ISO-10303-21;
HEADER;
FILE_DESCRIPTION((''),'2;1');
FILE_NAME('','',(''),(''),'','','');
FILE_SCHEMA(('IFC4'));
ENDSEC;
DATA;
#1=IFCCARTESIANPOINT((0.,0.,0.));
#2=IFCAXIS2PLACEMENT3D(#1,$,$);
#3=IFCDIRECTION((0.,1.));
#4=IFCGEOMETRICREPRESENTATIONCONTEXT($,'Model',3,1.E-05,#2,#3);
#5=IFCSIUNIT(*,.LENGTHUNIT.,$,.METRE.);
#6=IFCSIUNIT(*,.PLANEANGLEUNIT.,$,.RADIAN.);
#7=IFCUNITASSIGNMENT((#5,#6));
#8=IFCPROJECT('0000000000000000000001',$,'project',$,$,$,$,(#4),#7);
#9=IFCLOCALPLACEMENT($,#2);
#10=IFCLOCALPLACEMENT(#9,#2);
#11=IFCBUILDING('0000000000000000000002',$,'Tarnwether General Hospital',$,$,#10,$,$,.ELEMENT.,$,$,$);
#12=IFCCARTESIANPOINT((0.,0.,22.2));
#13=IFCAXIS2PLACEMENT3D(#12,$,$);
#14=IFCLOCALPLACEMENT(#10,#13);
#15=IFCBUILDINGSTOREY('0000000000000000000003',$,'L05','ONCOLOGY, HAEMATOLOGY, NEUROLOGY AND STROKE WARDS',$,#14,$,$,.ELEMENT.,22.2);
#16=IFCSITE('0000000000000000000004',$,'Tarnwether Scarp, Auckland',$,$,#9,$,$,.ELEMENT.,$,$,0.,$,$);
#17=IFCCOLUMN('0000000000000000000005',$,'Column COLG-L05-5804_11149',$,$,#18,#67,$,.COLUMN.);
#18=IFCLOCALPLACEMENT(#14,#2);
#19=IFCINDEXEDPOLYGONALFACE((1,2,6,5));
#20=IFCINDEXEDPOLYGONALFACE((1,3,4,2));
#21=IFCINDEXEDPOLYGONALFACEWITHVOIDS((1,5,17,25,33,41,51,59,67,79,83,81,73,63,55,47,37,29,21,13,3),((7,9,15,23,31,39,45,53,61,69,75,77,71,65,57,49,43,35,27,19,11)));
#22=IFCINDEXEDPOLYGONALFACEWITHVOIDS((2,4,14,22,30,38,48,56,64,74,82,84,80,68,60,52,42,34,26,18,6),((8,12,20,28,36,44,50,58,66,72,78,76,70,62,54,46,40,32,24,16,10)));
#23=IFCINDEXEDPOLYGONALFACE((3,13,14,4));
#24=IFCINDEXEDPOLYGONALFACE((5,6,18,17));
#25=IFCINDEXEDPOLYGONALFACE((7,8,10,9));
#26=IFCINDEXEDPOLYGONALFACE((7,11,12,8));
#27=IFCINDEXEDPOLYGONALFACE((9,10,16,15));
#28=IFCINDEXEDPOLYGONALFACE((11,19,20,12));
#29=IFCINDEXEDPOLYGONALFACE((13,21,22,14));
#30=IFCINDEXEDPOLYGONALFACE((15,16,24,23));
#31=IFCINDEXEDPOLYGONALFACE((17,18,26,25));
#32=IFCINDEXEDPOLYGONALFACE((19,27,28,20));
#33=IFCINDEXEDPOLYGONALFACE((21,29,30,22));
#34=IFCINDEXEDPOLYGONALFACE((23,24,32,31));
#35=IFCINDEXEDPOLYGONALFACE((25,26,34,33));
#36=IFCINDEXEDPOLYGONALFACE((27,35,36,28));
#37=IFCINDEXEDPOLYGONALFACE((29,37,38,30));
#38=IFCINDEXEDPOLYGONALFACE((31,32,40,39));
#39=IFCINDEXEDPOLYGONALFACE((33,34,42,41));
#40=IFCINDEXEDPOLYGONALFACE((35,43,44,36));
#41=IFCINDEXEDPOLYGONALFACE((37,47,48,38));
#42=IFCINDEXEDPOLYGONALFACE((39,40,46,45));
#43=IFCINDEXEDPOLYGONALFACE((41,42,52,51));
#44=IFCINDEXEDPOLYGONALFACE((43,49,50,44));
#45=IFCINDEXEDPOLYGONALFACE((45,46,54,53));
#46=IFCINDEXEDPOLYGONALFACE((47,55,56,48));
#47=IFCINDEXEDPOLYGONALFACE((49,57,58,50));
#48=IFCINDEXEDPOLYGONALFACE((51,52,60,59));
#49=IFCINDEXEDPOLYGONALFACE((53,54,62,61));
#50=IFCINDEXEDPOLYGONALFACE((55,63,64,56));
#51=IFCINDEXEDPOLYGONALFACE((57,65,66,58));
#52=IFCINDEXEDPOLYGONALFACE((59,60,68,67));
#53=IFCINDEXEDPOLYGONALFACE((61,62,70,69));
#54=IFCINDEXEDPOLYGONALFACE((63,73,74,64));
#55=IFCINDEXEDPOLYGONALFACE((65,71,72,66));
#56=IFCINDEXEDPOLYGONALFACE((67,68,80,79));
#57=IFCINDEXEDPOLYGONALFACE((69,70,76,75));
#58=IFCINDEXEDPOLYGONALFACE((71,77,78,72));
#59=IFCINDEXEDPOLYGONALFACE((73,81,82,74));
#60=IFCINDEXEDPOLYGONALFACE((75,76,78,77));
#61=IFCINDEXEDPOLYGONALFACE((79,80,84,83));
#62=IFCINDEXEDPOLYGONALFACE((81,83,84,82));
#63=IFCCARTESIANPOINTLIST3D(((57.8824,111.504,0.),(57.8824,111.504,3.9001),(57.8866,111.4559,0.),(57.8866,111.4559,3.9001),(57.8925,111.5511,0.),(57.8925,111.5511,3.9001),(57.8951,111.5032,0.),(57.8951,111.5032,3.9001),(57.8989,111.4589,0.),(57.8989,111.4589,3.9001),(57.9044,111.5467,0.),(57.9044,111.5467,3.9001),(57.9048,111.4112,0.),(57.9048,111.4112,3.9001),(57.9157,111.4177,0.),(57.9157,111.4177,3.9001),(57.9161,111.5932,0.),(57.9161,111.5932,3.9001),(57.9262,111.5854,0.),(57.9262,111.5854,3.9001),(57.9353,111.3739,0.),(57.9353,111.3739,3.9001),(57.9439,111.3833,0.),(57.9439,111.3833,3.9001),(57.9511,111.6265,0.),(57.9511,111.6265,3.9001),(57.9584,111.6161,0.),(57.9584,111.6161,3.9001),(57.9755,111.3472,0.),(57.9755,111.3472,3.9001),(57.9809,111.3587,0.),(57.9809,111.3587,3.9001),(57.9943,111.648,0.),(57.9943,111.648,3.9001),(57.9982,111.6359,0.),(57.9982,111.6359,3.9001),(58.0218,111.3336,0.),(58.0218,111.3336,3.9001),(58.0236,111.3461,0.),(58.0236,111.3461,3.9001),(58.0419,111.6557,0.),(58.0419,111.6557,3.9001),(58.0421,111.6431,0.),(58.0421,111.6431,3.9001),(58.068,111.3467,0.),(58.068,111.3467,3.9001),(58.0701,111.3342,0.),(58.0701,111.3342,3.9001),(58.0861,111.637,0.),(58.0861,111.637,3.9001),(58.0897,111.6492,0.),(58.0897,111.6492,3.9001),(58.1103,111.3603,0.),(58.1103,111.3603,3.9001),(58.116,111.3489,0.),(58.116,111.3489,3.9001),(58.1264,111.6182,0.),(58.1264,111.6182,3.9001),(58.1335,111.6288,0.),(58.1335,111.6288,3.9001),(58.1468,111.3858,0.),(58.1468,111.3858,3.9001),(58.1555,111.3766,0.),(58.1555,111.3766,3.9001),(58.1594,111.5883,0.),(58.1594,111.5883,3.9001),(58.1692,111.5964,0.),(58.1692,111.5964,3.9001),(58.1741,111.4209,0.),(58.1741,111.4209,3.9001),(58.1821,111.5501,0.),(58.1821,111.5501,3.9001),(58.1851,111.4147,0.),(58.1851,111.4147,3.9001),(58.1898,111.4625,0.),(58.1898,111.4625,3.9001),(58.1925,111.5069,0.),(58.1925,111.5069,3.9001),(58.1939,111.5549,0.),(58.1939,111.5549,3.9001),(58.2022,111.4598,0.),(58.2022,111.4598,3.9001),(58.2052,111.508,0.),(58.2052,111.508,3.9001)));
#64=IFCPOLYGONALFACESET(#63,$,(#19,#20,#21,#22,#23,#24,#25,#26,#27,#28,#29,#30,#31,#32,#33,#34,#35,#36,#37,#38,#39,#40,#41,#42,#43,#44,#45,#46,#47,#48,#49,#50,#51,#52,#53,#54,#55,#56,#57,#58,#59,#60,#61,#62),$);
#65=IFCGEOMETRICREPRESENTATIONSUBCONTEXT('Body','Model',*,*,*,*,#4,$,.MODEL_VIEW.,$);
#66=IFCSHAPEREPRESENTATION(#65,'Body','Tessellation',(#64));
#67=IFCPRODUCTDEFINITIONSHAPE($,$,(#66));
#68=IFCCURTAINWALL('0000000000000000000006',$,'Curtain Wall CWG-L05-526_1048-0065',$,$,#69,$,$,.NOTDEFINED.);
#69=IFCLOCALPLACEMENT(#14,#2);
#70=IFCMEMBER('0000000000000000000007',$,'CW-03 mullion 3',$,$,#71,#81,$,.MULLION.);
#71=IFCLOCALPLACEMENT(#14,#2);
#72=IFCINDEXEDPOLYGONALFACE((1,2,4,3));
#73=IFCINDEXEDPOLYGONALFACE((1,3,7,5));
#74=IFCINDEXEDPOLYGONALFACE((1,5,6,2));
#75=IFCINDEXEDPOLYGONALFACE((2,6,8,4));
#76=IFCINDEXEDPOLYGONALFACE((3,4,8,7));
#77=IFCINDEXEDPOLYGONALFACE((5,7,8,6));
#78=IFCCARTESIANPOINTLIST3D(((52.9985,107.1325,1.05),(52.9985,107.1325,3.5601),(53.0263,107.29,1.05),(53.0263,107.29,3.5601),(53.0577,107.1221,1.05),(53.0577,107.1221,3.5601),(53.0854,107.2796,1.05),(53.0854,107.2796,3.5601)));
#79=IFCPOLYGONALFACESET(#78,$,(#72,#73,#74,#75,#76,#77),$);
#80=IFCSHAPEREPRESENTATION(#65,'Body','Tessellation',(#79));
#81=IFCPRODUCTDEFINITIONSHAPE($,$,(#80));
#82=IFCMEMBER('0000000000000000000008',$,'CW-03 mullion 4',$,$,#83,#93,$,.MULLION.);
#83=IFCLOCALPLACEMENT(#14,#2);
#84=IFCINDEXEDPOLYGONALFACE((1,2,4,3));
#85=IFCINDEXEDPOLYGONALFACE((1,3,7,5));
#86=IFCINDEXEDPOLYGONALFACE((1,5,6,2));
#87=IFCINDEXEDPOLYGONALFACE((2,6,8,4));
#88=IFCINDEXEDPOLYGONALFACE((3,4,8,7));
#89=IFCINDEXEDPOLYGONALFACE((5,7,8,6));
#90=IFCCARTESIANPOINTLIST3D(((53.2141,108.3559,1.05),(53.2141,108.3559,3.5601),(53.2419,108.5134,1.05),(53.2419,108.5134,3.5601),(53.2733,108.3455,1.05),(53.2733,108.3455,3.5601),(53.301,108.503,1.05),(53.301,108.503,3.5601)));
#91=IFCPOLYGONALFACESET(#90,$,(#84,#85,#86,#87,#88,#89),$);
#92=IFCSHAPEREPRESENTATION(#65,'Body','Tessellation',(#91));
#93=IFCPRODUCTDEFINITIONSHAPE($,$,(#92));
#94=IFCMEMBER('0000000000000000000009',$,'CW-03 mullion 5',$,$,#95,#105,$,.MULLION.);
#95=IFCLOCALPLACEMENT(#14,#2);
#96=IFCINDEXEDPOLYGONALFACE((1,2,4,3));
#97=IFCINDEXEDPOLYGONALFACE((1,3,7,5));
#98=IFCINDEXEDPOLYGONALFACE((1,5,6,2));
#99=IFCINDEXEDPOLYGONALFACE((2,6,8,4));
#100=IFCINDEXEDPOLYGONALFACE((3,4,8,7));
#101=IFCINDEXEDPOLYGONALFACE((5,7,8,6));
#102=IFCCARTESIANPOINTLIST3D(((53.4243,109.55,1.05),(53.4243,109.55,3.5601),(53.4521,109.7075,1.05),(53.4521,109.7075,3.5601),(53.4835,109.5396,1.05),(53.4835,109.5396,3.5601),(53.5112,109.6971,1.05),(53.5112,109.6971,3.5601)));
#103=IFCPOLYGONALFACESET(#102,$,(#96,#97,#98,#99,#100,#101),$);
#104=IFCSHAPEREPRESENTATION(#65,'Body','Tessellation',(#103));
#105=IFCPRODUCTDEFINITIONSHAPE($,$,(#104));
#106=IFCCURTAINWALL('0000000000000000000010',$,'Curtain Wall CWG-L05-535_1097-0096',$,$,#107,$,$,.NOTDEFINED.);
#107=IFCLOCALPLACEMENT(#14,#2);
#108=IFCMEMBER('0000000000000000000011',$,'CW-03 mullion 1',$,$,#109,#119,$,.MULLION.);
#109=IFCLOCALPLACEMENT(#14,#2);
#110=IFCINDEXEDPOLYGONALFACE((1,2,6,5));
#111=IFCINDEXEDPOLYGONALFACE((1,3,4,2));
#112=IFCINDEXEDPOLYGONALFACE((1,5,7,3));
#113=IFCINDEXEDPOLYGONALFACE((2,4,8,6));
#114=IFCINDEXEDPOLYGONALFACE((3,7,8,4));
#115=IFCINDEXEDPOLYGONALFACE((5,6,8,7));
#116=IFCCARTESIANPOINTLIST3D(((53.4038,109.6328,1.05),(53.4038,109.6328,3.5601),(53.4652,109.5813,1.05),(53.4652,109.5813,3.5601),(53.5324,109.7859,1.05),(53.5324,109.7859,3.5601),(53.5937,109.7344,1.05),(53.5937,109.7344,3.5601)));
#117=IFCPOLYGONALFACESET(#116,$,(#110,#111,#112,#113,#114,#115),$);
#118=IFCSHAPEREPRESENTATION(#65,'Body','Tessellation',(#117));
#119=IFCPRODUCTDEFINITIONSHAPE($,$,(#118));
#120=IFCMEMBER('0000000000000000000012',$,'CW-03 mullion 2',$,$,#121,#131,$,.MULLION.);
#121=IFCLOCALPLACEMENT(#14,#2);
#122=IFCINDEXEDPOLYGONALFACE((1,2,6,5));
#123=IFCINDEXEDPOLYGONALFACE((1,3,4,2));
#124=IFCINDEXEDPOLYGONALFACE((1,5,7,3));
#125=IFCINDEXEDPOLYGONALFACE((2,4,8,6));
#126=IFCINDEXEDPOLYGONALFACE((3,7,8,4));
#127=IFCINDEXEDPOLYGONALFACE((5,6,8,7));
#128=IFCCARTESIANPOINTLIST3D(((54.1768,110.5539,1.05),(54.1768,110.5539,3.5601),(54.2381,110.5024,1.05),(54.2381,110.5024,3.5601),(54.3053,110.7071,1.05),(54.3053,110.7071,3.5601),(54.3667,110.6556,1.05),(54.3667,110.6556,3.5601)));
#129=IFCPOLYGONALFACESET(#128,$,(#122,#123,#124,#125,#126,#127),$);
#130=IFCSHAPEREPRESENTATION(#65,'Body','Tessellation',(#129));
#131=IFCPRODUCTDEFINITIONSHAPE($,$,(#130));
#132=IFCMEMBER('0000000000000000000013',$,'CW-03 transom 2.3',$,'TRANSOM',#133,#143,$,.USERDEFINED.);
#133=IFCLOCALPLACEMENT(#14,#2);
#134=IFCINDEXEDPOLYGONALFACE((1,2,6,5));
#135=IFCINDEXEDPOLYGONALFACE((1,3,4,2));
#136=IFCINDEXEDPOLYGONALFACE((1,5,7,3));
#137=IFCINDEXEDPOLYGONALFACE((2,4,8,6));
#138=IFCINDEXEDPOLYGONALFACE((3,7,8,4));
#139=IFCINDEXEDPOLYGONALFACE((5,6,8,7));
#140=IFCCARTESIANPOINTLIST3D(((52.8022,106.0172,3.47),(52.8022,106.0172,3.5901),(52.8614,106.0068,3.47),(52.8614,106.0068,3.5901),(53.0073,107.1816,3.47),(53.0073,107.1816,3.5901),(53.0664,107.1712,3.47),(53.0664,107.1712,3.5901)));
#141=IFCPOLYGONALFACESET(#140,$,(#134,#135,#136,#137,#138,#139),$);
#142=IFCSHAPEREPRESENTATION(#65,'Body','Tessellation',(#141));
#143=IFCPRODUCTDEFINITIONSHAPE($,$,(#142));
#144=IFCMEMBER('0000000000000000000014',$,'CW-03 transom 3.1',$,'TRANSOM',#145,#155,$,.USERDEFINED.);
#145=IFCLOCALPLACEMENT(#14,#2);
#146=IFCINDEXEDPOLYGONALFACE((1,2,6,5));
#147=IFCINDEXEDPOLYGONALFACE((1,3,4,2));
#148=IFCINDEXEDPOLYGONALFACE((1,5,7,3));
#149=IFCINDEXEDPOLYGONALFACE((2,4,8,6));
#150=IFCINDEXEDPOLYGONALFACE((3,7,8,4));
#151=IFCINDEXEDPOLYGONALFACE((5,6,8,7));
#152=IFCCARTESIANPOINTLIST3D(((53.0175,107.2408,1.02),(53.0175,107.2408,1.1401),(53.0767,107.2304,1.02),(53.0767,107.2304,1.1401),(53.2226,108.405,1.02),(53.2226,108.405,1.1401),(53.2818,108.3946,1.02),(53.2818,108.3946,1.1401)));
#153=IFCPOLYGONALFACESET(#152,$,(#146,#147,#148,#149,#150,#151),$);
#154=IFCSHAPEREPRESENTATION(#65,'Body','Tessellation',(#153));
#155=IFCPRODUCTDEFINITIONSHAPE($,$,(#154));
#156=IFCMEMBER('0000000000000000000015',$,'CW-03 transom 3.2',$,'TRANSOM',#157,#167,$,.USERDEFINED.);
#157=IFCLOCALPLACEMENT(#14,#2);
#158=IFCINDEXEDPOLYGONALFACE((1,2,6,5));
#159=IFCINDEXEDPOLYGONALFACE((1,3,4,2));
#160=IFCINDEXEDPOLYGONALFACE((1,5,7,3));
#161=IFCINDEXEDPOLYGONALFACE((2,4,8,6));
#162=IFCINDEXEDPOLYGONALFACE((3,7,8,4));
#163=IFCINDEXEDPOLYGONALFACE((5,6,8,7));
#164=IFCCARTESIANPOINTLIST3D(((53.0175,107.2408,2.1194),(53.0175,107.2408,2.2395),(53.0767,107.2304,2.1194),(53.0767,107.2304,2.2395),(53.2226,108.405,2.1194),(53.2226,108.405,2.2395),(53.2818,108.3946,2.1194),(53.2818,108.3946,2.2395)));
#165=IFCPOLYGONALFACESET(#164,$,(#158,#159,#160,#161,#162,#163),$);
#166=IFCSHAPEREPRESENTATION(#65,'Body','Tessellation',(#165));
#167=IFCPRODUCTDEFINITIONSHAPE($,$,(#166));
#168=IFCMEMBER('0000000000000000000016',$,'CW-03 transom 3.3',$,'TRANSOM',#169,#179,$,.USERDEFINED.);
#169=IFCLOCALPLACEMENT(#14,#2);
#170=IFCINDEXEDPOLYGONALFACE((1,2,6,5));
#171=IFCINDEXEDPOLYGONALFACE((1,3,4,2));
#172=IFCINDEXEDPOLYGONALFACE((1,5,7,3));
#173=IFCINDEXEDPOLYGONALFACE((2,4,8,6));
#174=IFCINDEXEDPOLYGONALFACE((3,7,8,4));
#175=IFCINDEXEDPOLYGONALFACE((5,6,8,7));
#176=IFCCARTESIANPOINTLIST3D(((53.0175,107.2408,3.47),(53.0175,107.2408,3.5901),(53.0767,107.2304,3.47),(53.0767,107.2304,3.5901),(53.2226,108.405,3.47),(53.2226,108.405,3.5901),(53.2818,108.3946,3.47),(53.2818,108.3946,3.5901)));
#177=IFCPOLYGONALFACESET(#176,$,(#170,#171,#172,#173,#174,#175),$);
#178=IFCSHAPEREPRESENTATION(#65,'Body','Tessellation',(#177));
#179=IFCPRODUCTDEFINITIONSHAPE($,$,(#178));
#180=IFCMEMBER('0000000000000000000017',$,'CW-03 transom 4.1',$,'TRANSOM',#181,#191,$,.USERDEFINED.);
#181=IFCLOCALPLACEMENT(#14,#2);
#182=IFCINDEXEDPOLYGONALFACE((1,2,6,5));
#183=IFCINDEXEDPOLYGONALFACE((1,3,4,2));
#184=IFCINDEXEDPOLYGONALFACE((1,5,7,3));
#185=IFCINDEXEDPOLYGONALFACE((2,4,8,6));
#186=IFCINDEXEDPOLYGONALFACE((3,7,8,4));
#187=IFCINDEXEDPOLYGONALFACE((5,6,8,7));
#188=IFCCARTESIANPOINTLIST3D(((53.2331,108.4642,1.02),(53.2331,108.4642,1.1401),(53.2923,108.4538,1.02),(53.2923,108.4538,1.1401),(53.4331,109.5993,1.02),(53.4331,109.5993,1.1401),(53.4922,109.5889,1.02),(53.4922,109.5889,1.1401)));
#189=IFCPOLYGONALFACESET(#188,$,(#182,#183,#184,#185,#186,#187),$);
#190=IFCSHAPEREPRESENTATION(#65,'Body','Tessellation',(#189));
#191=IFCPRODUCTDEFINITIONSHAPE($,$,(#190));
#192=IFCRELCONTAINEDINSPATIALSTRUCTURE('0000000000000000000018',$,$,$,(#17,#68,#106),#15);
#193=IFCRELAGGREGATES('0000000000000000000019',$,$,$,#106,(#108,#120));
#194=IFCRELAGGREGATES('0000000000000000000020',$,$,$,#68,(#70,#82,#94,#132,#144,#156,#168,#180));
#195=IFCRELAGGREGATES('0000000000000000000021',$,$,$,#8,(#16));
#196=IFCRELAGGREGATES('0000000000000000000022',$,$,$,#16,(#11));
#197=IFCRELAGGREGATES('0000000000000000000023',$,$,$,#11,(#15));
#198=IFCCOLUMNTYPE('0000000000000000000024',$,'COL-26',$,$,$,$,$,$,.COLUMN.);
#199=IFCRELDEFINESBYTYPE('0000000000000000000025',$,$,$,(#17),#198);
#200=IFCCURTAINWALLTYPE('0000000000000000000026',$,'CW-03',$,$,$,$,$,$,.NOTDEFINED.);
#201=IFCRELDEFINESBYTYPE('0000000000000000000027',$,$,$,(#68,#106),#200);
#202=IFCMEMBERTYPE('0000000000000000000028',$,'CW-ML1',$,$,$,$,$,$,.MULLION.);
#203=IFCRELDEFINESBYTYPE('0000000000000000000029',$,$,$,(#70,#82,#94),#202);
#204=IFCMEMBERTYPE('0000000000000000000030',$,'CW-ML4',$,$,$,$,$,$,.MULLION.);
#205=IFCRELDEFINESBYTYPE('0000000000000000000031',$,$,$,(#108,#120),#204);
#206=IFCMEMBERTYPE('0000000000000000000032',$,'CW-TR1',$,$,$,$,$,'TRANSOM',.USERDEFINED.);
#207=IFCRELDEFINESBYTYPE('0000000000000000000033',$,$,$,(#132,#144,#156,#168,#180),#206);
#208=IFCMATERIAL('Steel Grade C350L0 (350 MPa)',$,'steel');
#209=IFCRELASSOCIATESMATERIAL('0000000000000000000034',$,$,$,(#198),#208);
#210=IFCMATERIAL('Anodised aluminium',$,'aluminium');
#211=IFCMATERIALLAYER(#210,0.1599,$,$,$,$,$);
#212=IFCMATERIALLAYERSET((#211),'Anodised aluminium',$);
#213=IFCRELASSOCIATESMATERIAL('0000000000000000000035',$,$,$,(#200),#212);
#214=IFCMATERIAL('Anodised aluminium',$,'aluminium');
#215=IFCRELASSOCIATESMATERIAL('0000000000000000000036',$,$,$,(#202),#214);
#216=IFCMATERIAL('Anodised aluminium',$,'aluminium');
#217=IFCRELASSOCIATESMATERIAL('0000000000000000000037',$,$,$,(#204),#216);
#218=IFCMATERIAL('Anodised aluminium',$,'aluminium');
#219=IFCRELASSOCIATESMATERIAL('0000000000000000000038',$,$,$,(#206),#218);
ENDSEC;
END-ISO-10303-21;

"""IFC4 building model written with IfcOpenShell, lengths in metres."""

from ifc_helpers import new_model, si_unit, direction, frame, origin, origin_2d, place, context, subcontext, project, spatial, rectangle, hollow_circle, extrude, material, layer, layer_set, material_profile, profile_set, type_object, element, aggregate, save


model = new_model("IFC4")

# Units and contexts
model_context = context("Model", 3, precision=1e-05, world=origin(), true_north=direction((0.0, 1.0)))
body_context = subcontext(model_context, "Body", "Model", "MODEL_VIEW")
ifc_project = project(units=[si_unit("LENGTHUNIT", "METRE"), si_unit("PLANEANGLEUNIT", "RADIAN")], contexts=[model_context])

# Site, building, storey
site_placement = place(None, origin())
site = spatial("IfcSite", under=ifc_project, at=site_placement, Name="Tarnwether Scarp, Auckland", CompositionType="ELEMENT", RefElevation=0.0)
building_placement = place(site_placement, origin())
building = spatial("IfcBuilding", under=site, at=building_placement, Name="Tarnwether General Hospital", CompositionType="ELEMENT")
storey_placement = place(building_placement, frame((0.0, 0.0, 22.2)))
storey = spatial("IfcBuildingStorey", under=building, at=storey_placement, Name="L05", Description="ONCOLOGY, HAEMATOLOGY, NEUROLOGY AND STROKE WARDS", CompositionType="ELEMENT", Elevation=22.2)

# Column
ifc_material_1 = material(Name="Steel Grade C350L0 (350 MPa)", Category="steel")
ifc_material_profile_1 = material_profile(ifc_material_1, hollow_circle(Radius=0.1619, WallThickness=0.0127, at=origin_2d()), Name="CHS323.9x12.7")
ifc_profile_set_1 = profile_set([ifc_material_profile_1], Name="Steel Grade C350L0 (350 MPa)")
column_type = type_object("IfcColumnType", Name="COL-26", PredefinedType="COLUMN", material=ifc_profile_set_1)
column_placement = place(storey_placement, frame((58.0439, 111.4939, 0.0), z_axis=(0.0, 0.0, 1.0), x_axis=(-0.573576, 0.819152, 0.0)))
element("IfcColumn", 1, at=column_placement, inside=storey, type_object=column_type, Name="Column COLG-L05-5804_11149", PredefinedType="COLUMN", context=body_context, shape_type="SweptSolid", body=[
    extrude(hollow_circle(Radius=0.1619, WallThickness=0.0127, at=origin_2d()), origin(), (0.0, 0.0, 1.0), 3.9001),
])

# Curtain walls, members
ifc_material_2 = material(Name="Anodised aluminium", Category="aluminium")
ifc_layer_1 = layer(ifc_material_2, 0.1599)
ifc_layer_set_1 = layer_set([ifc_layer_1], Name="Anodised aluminium")
curtain_wall_type = type_object("IfcCurtainWallType", Name="CW-03", PredefinedType="NOTDEFINED", material=ifc_layer_set_1)
curtain_wall_1_placement = place(storey_placement, origin())
curtain_wall_1 = element("IfcCurtainWall", 2, at=curtain_wall_1_placement, inside=storey, type_object=curtain_wall_type, Name="Curtain Wall CWG-L05-526_1048-0065", PredefinedType="NOTDEFINED")
ifc_material_3 = material(Name="Anodised aluminium", Category="aluminium")
ifc_material_profile_2 = material_profile(ifc_material_3, rectangle(XDim=0.0601, YDim=0.1599, at=origin_2d()), Name="ALU-MUL-60x160")
ifc_profile_set_2 = profile_set([ifc_material_profile_2], Name="Anodised aluminium")
member_type_1 = type_object("IfcMemberType", Name="CW-ML1", PredefinedType="MULLION", material=ifc_profile_set_2)
member_1_placement = place(storey_placement, frame((53.042, 107.2061, 1.05), z_axis=(0.0, 0.0, 1.0), x_axis=(-0.98484, 0.173464, 0.0)))
member_1 = element("IfcMember", 3, at=member_1_placement, type_object=member_type_1, Name="CW-03 mullion 3", PredefinedType="MULLION", context=body_context, shape_type="SweptSolid", body=[
    extrude(rectangle(XDim=0.0601, YDim=0.1599, at=origin_2d()), origin(), (0.0, 0.0, 1.0), 2.51),
])
member_2_placement = place(storey_placement, frame((53.2576, 108.4294, 1.05), z_axis=(0.0, 0.0, 1.0), x_axis=(-0.98484, 0.173464, 0.0)))
member_2 = element("IfcMember", 4, at=member_2_placement, type_object=member_type_1, Name="CW-03 mullion 4", PredefinedType="MULLION", context=body_context, shape_type="SweptSolid", body=[
    extrude(rectangle(XDim=0.0601, YDim=0.1599, at=origin_2d()), origin(), (0.0, 0.0, 1.0), 2.51),
])
member_3_placement = place(storey_placement, frame((53.4678, 109.6235, 1.05), z_axis=(0.0, 0.0, 1.0), x_axis=(-0.98484, 0.173464, 0.0)))
member_3 = element("IfcMember", 5, at=member_3_placement, type_object=member_type_1, Name="CW-03 mullion 5", PredefinedType="MULLION", context=body_context, shape_type="SweptSolid", body=[
    extrude(rectangle(XDim=0.0601, YDim=0.1599, at=origin_2d()), origin(), (0.0, 0.0, 1.0), 2.51),
])
curtain_wall_2_placement = place(storey_placement, origin())
curtain_wall_2 = element("IfcCurtainWall", 6, at=curtain_wall_2_placement, inside=storey, type_object=curtain_wall_type, Name="Curtain Wall CWG-L05-535_1097-0096", PredefinedType="NOTDEFINED")
ifc_material_4 = material(Name="Anodised aluminium", Category="aluminium")
ifc_material_profile_3 = material_profile(ifc_material_4, rectangle(XDim=0.0801, YDim=0.2, at=origin_2d()), Name="ALU-MUL-80x200")
ifc_profile_set_3 = profile_set([ifc_material_profile_3], Name="Anodised aluminium")
member_type_2 = type_object("IfcMemberType", Name="CW-ML4", PredefinedType="MULLION", material=ifc_profile_set_3)
member_4_placement = place(storey_placement, frame((53.4988, 109.6836, 1.05), z_axis=(0.0, 0.0, 1.0), x_axis=(-0.76599, 0.642852, 0.0)))
member_4 = element("IfcMember", 7, at=member_4_placement, type_object=member_type_2, Name="CW-03 mullion 1", PredefinedType="MULLION", context=body_context, shape_type="SweptSolid", body=[
    extrude(rectangle(XDim=0.0801, YDim=0.2, at=origin_2d()), origin(), (0.0, 0.0, 1.0), 2.51),
])
member_5_placement = place(storey_placement, frame((54.2717, 110.6047, 1.05), z_axis=(0.0, 0.0, 1.0), x_axis=(-0.76599, 0.642852, 0.0)))
member_5 = element("IfcMember", 8, at=member_5_placement, type_object=member_type_2, Name="CW-03 mullion 2", PredefinedType="MULLION", context=body_context, shape_type="SweptSolid", body=[
    extrude(rectangle(XDim=0.0801, YDim=0.2, at=origin_2d()), origin(), (0.0, 0.0, 1.0), 2.51),
])

# Members
ifc_material_5 = material(Name="Anodised aluminium", Category="aluminium")
ifc_material_profile_4 = material_profile(ifc_material_5, rectangle(XDim=0.0601, YDim=0.1201, at=origin_2d()), Name="ALU-TRN-60x120")
ifc_profile_set_4 = profile_set([ifc_material_profile_4], Name="Anodised aluminium")
member_type_3 = type_object("IfcMemberType", Name="CW-TR1", ElementType="TRANSOM", PredefinedType="USERDEFINED", material=ifc_profile_set_4)
member_6_placement = place(storey_placement, frame((52.8318, 106.012, 3.53), z_axis=(0.173432, 0.984846, 0.0), x_axis=(-0.984846, 0.173432, 0.0)))
member_6 = element("IfcMember", 9, at=member_6_placement, type_object=member_type_3, Name="CW-03 transom 2.3", ObjectType="TRANSOM", PredefinedType="USERDEFINED", context=body_context, shape_type="SweptSolid", body=[
    extrude(rectangle(XDim=0.0601, YDim=0.1201, at=origin_2d()), origin(), (0.0, 0.0, 1.0), 1.1824),
])
member_7_placement = place(storey_placement, frame((53.0471, 107.2356, 1.0801), z_axis=(0.173467, 0.98484, 0.0), x_axis=(-0.98484, 0.173467, 0.0)))
member_7 = element("IfcMember", 10, at=member_7_placement, type_object=member_type_3, Name="CW-03 transom 3.1", ObjectType="TRANSOM", PredefinedType="USERDEFINED", context=body_context, shape_type="SweptSolid", body=[
    extrude(rectangle(XDim=0.0601, YDim=0.1201, at=origin_2d()), origin(), (0.0, 0.0, 1.0), 1.1821),
])
member_8_placement = place(storey_placement, frame((53.0471, 107.2356, 2.1794), z_axis=(0.173467, 0.98484, 0.0), x_axis=(-0.98484, 0.173467, 0.0)))
member_8 = element("IfcMember", 11, at=member_8_placement, type_object=member_type_3, Name="CW-03 transom 3.2", ObjectType="TRANSOM", PredefinedType="USERDEFINED", context=body_context, shape_type="SweptSolid", body=[
    extrude(rectangle(XDim=0.0601, YDim=0.1201, at=origin_2d()), origin(), (0.0, 0.0, 1.0), 1.1821),
])
member_9_placement = place(storey_placement, frame((53.0471, 107.2356, 3.53), z_axis=(0.173467, 0.98484, 0.0), x_axis=(-0.98484, 0.173467, 0.0)))
member_9 = element("IfcMember", 12, at=member_9_placement, type_object=member_type_3, Name="CW-03 transom 3.3", ObjectType="TRANSOM", PredefinedType="USERDEFINED", context=body_context, shape_type="SweptSolid", body=[
    extrude(rectangle(XDim=0.0601, YDim=0.1201, at=origin_2d()), origin(), (0.0, 0.0, 1.0), 1.1821),
])
member_10_placement = place(storey_placement, frame((53.2627, 108.459, 1.0801), z_axis=(0.173495, 0.984835, 0.0), x_axis=(-0.984835, 0.173495, 0.0)))
member_10 = element("IfcMember", 13, at=member_10_placement, type_object=member_type_3, Name="CW-03 transom 4.1", ObjectType="TRANSOM", PredefinedType="USERDEFINED", context=body_context, shape_type="SweptSolid", body=[
    extrude(rectangle(XDim=0.0601, YDim=0.1201, at=origin_2d()), origin(), (0.0, 0.0, 1.0), 1.1526),
])

aggregate(curtain_wall_2, [member_4, member_5])
aggregate(curtain_wall_1, [member_1, member_2, member_3, member_6, member_7, member_8, member_9, member_10])

save(model, "model.ifc")
